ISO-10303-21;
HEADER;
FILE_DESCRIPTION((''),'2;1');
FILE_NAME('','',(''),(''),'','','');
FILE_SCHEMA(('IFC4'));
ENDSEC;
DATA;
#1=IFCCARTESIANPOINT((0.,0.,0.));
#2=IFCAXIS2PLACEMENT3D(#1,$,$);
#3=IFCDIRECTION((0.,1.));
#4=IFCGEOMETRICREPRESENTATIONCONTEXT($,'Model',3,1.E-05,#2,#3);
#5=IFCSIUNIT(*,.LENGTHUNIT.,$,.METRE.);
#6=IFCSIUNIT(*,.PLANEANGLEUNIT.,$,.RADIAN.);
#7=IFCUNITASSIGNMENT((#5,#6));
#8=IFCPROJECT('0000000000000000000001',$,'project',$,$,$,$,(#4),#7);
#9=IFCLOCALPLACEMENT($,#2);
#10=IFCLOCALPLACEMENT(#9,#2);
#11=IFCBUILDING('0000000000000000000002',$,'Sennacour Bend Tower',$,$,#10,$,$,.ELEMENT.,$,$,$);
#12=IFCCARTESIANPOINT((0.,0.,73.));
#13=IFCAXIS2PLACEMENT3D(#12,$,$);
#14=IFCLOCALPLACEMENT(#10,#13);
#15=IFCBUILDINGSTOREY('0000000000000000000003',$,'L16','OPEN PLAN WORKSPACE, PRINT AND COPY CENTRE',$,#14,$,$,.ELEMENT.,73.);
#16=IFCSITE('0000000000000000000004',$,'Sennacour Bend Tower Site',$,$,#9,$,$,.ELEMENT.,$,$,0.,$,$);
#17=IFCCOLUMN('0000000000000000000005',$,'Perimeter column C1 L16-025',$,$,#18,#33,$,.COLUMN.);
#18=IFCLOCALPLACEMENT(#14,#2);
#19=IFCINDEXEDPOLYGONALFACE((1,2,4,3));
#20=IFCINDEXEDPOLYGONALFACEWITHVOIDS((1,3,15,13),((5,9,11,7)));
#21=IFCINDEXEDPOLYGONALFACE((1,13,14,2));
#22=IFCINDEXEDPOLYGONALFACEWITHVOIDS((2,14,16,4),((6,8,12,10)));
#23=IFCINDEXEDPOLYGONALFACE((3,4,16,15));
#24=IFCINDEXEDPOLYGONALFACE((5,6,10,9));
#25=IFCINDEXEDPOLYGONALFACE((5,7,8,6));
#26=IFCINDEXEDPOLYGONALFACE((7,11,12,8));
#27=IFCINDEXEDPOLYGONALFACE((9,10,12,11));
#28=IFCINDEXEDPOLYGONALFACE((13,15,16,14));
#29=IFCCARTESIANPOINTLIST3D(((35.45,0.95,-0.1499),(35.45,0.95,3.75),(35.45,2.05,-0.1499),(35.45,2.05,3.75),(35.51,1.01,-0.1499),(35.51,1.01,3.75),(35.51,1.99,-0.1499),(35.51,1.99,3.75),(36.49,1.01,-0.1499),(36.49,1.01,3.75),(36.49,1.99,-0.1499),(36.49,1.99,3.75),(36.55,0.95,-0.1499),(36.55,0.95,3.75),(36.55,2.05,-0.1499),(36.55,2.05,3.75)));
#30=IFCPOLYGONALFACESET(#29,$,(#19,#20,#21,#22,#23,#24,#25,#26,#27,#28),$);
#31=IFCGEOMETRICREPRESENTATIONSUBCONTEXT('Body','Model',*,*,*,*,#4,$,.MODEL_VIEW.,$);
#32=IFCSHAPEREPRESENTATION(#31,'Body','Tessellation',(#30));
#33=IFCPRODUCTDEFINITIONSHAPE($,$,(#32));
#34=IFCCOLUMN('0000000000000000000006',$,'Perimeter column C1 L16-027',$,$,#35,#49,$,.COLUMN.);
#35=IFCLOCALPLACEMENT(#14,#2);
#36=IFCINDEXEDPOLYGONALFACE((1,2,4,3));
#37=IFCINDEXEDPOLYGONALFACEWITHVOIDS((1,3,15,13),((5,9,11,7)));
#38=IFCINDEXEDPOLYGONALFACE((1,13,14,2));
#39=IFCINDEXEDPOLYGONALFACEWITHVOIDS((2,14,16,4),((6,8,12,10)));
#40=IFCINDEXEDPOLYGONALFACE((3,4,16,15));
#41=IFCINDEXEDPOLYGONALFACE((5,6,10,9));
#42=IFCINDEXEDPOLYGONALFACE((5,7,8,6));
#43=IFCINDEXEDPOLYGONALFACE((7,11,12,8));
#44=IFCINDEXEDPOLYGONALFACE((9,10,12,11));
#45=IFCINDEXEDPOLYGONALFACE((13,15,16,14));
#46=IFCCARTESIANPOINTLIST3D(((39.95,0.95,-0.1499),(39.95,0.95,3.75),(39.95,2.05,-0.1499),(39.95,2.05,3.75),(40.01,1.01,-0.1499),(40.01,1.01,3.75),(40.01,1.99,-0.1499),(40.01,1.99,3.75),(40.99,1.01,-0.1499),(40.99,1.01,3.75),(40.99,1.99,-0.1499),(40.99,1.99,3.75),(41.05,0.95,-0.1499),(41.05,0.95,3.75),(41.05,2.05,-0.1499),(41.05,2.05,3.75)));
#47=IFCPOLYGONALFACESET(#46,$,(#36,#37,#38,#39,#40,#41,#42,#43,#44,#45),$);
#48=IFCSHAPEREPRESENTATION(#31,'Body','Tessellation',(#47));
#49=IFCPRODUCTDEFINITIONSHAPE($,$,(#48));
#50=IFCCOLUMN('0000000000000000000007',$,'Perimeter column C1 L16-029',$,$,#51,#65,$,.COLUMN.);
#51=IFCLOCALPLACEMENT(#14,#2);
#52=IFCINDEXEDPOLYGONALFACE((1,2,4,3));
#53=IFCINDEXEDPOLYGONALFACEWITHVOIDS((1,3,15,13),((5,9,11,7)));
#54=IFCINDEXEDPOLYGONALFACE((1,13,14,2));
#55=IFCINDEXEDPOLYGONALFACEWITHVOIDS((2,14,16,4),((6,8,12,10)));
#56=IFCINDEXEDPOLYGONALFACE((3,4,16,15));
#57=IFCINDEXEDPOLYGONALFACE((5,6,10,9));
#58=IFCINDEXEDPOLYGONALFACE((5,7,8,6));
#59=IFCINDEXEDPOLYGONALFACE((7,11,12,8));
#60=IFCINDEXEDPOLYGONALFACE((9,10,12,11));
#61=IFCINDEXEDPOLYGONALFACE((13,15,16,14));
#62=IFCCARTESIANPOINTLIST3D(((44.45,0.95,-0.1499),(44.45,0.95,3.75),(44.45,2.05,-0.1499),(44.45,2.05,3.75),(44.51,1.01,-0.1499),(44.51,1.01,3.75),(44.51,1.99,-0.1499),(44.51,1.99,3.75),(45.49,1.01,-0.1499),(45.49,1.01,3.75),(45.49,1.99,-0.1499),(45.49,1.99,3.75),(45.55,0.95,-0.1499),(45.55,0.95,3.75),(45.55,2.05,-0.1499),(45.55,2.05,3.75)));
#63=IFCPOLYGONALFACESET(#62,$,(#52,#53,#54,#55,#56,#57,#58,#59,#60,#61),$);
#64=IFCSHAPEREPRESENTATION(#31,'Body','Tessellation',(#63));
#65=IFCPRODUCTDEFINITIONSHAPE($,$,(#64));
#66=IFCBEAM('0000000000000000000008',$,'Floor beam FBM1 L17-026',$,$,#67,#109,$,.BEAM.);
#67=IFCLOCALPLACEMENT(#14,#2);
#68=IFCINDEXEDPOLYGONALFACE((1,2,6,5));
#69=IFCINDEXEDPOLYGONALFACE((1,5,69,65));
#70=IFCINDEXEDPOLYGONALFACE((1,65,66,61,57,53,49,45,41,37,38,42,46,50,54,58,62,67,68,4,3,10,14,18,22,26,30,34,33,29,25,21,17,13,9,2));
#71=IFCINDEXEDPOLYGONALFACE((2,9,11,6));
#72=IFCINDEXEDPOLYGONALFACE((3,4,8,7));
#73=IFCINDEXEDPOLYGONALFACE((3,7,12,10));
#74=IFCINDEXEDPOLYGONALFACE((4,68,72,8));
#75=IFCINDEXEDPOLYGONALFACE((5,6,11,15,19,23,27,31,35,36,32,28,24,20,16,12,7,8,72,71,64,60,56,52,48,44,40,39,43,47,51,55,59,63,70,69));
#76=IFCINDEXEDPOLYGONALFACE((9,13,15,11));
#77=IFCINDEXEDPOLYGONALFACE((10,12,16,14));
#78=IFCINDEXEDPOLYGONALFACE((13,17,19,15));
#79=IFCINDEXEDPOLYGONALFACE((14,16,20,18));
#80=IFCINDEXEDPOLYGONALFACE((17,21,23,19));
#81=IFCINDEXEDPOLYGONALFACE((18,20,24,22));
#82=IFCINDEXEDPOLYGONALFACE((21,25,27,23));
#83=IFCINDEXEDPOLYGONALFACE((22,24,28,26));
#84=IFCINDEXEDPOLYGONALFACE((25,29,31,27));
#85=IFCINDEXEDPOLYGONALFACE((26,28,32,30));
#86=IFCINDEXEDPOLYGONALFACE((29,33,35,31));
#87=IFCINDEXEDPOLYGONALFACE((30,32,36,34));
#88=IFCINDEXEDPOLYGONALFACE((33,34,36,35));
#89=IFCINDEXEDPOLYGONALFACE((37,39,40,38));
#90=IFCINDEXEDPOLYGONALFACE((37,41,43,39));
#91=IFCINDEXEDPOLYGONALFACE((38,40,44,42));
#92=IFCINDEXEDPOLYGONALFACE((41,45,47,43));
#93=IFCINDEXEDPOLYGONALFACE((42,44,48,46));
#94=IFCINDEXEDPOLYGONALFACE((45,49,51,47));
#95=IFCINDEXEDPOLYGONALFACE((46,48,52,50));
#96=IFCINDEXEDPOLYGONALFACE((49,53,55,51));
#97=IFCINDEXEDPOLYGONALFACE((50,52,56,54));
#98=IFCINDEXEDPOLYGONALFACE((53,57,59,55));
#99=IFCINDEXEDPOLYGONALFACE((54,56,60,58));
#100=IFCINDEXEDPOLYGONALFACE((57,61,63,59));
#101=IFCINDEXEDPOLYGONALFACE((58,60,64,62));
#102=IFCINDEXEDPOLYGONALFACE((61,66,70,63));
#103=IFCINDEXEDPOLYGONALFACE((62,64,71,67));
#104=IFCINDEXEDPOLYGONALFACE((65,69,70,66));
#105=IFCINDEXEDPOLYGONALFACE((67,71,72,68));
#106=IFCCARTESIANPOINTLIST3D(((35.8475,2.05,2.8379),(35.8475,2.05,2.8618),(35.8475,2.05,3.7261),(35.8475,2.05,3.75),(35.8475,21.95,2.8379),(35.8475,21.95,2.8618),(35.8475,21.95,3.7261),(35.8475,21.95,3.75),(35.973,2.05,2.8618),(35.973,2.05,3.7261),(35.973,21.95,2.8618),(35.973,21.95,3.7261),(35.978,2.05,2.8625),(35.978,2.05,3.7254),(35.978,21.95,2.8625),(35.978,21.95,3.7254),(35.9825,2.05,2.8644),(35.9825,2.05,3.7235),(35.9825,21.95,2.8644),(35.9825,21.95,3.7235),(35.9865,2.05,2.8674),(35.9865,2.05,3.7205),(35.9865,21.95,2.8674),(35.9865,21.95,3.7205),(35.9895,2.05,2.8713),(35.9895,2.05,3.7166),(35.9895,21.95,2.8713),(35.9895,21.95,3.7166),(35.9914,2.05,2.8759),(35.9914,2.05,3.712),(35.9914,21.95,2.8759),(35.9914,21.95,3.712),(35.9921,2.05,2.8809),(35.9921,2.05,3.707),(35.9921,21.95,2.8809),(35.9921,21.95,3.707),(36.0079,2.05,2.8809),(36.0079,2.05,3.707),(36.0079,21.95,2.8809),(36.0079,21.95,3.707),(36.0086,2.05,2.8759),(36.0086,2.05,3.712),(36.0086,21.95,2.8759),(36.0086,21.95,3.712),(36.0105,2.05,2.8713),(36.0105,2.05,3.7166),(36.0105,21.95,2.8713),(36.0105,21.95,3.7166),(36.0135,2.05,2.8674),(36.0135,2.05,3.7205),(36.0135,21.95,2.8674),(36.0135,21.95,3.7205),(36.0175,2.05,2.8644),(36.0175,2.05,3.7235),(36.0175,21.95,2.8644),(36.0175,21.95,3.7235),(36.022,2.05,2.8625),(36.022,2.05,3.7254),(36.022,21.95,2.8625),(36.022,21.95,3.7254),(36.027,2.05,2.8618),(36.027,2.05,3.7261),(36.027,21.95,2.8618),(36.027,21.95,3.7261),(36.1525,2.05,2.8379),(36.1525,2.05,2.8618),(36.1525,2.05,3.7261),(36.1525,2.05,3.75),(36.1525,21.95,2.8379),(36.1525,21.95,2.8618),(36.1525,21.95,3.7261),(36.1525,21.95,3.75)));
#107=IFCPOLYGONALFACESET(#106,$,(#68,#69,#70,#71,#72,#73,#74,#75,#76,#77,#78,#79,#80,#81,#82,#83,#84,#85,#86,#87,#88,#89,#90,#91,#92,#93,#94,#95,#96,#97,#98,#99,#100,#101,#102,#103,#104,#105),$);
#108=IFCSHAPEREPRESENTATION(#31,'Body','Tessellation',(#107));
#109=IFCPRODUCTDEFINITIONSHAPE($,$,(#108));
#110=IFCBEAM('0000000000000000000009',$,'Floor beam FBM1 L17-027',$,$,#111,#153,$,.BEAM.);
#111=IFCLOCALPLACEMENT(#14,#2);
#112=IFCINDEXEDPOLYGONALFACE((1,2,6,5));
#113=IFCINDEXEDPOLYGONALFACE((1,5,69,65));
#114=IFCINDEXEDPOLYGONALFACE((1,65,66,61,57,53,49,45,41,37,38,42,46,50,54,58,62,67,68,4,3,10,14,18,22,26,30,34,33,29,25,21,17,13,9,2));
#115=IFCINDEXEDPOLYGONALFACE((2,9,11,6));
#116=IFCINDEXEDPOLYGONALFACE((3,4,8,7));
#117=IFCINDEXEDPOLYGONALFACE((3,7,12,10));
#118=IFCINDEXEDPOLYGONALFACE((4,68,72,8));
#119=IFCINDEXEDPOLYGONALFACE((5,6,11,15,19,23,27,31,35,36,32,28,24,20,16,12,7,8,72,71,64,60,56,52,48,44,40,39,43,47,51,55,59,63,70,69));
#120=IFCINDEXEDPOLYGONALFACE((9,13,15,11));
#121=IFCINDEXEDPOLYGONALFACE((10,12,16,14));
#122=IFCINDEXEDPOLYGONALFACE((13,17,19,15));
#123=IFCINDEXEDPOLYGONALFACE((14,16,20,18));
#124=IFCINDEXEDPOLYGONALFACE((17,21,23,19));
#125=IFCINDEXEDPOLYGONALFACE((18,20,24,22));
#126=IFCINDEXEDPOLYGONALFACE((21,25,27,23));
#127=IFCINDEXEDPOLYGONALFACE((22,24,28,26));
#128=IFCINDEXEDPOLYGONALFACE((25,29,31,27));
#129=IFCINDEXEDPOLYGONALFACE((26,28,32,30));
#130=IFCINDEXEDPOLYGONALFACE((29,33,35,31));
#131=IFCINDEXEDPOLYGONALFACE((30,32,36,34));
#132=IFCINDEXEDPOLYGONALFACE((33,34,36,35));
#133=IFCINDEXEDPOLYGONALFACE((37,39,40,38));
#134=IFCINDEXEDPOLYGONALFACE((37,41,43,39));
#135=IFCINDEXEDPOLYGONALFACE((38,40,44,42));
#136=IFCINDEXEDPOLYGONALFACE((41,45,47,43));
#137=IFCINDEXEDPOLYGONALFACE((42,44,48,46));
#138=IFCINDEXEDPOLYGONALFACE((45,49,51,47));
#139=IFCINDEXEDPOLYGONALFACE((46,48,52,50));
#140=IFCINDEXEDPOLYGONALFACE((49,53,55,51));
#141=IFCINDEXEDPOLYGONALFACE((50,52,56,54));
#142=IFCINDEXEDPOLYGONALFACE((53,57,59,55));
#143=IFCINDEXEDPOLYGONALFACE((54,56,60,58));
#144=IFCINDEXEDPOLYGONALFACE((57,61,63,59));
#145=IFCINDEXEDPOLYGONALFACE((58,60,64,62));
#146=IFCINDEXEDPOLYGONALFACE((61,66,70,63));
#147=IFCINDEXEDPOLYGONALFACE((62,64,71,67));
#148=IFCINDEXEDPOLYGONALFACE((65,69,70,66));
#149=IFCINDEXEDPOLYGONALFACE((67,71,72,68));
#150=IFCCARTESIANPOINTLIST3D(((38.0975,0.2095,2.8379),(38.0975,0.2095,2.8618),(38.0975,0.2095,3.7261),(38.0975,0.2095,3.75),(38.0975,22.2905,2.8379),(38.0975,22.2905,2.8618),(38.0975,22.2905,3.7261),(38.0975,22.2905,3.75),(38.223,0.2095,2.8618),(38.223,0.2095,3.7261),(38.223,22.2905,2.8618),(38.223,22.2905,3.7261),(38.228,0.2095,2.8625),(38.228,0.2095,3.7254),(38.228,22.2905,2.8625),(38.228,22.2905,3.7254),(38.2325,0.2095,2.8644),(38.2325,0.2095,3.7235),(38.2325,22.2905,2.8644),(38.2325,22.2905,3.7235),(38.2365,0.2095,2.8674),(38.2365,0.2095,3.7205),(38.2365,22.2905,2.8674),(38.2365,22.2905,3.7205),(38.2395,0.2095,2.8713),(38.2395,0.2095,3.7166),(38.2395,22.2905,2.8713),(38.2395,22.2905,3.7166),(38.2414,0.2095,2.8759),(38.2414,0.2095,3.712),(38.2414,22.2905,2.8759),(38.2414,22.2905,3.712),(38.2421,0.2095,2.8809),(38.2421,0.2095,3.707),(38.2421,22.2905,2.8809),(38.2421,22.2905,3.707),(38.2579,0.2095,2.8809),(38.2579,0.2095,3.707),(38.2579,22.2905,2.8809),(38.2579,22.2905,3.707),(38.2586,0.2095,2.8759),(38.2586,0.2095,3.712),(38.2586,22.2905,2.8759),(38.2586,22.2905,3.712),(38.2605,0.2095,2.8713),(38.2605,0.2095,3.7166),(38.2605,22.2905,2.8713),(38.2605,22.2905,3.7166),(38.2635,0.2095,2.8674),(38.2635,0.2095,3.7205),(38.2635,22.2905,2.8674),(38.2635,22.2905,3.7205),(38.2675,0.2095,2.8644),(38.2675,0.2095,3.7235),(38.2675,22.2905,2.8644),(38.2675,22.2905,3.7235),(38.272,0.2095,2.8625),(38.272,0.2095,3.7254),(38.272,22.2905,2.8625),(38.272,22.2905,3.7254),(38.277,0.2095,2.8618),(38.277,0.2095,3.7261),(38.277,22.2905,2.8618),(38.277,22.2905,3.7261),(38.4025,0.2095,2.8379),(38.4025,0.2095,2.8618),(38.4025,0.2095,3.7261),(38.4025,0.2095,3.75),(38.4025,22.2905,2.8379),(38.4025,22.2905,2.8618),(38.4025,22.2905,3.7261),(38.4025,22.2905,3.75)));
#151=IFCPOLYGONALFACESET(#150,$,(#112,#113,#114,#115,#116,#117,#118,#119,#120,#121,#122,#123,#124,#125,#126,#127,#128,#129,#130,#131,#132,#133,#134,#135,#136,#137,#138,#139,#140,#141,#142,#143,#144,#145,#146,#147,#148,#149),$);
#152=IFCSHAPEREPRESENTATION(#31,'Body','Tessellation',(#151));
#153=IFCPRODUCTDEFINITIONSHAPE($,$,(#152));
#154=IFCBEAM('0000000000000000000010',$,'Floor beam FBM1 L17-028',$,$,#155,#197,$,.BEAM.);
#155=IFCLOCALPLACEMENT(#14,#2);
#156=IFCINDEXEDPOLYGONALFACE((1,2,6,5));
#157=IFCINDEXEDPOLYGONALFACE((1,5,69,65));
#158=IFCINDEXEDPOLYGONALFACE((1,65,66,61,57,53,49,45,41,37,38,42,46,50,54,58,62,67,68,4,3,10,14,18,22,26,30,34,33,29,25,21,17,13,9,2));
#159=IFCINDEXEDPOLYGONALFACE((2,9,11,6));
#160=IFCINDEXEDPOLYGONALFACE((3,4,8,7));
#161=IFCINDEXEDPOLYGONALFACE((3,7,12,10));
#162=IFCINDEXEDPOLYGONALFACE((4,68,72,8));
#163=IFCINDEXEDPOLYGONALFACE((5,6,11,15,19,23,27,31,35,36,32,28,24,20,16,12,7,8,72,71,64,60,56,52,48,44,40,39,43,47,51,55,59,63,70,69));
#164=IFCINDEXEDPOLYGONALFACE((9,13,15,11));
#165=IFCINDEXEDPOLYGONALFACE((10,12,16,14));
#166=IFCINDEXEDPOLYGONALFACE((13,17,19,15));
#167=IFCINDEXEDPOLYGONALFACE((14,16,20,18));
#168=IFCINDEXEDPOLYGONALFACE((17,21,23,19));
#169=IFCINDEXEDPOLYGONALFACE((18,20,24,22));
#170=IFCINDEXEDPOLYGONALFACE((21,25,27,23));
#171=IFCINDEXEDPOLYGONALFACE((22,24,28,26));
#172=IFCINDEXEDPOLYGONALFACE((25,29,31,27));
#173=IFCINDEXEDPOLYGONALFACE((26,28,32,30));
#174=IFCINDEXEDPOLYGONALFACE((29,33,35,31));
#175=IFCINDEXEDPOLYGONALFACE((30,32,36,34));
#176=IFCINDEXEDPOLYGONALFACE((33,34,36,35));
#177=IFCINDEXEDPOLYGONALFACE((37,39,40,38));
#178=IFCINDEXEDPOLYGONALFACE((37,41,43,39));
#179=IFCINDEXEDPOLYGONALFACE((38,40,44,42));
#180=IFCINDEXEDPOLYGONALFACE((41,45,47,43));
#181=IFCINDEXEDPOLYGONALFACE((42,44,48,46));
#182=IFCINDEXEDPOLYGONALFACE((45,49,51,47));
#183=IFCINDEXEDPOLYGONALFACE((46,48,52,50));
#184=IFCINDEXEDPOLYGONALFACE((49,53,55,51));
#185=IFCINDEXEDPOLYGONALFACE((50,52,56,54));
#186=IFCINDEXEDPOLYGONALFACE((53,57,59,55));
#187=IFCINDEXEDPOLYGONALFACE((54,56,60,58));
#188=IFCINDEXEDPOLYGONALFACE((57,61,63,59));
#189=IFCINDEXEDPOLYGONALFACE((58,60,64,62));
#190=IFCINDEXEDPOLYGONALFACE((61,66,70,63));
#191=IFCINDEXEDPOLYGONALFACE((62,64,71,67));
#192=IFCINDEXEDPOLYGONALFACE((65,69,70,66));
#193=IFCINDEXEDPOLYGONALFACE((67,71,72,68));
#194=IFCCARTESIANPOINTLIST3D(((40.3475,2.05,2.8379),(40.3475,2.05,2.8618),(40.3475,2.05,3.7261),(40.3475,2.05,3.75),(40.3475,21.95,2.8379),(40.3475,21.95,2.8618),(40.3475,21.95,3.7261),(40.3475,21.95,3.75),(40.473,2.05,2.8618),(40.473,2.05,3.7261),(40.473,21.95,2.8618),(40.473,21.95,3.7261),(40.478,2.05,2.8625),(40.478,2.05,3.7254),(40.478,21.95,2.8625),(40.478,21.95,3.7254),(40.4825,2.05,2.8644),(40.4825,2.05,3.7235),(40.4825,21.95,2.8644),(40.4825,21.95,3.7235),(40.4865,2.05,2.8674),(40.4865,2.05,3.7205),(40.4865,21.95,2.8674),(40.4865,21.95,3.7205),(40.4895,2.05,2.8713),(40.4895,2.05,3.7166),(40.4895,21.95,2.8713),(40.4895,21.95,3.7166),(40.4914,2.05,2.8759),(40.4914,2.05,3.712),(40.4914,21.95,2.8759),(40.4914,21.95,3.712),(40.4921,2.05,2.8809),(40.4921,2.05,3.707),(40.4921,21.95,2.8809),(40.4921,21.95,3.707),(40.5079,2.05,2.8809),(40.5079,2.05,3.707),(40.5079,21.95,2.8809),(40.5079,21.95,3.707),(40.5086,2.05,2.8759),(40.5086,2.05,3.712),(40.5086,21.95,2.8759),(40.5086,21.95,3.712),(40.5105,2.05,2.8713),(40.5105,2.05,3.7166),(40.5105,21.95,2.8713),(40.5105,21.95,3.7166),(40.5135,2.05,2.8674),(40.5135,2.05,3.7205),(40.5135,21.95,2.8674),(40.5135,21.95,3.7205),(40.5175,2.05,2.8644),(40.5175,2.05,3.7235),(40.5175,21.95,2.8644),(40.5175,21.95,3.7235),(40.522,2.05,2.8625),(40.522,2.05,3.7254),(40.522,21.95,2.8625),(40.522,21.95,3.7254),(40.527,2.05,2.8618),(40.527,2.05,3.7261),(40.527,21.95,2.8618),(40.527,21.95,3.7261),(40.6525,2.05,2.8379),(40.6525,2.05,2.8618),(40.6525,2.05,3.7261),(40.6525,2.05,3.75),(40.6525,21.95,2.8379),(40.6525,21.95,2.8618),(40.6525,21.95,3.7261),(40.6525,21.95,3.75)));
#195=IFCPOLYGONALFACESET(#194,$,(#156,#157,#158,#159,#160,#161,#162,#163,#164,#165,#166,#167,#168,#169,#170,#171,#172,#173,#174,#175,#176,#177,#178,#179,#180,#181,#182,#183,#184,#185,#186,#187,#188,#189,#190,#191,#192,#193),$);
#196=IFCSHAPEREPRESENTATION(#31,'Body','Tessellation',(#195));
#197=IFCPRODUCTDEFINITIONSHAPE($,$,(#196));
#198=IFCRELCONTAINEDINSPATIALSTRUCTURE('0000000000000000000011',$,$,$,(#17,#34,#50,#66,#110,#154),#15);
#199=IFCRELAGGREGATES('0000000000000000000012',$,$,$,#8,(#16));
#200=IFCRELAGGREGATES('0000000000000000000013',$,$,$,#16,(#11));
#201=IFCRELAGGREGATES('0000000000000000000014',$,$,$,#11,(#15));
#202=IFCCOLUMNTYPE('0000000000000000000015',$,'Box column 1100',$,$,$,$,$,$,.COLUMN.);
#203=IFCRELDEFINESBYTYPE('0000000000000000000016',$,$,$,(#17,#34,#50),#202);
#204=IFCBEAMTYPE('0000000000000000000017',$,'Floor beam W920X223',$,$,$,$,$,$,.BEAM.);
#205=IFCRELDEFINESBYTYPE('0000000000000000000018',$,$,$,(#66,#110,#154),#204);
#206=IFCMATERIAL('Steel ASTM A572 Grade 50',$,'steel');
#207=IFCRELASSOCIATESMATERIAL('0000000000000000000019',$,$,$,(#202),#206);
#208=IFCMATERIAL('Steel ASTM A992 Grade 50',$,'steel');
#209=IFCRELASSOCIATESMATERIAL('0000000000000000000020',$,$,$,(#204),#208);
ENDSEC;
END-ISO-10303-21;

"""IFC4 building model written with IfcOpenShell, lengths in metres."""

from ifc_helpers import new_model, si_unit, direction, frame, origin, origin_2d, place, context, subcontext, project, spatial, hollow_rectangle, i_section, extrude, material, material_profile, profile_set, type_object, element, save


model = new_model("IFC4")

# Units and contexts
model_context = context("Model", 3, precision=1e-05, world=origin(), true_north=direction((0.0, 1.0)))
body_context = subcontext(model_context, "Body", "Model", "MODEL_VIEW")
ifc_project = project(units=[si_unit("LENGTHUNIT", "METRE"), si_unit("PLANEANGLEUNIT", "RADIAN")], contexts=[model_context])

# Site, building, storey
site_placement = place(None, origin())
site = spatial("IfcSite", under=ifc_project, at=site_placement, Name="Sennacour Bend Tower Site", CompositionType="ELEMENT", RefElevation=0.0)
building_placement = place(site_placement, origin())
building = spatial("IfcBuilding", under=site, at=building_placement, Name="Sennacour Bend Tower", CompositionType="ELEMENT")
storey_placement = place(building_placement, frame((0.0, 0.0, 73.0)))
storey = spatial("IfcBuildingStorey", under=building, at=storey_placement, Name="L16", Description="OPEN PLAN WORKSPACE, PRINT AND COPY CENTRE", CompositionType="ELEMENT", Elevation=73.0)

# Columns
ifc_material_1 = material(Name="Steel ASTM A572 Grade 50", Category="steel")
ifc_material_profile_1 = material_profile(ifc_material_1, hollow_rectangle(XDim=1.1001, YDim=1.1001, WallThickness=0.0601, at=origin_2d()), Name="Steel ASTM A572 Grade 50", Category="steel")
ifc_profile_set_1 = profile_set([ifc_material_profile_1], Name="Steel ASTM A572 Grade 50")
column_type = type_object("IfcColumnType", Name="Box column 1100", PredefinedType="COLUMN", material=ifc_profile_set_1)
for number, where, z_axis, x_axis, name in (
    (1, (36.0, 1.5, -0.1499), (0.0, 0.0, 1.0), (1.0, 0.0, 0.0), "Perimeter column C1 L16-025"),
    (2, (40.5, 1.5, -0.1499), (0.0, 0.0, 1.0), (1.0, 0.0, 0.0), "Perimeter column C1 L16-027"),
    (3, (45.0, 1.5, -0.1499), (0.0, 0.0, 1.0), (1.0, 0.0, 0.0), "Perimeter column C1 L16-029"),
):
    element("IfcColumn", number, at=place(storey_placement, frame(where, z_axis=z_axis, x_axis=x_axis)), inside=storey, type_object=column_type, Name=name, PredefinedType="COLUMN", context=body_context, shape_type="SweptSolid", body=[
        extrude(hollow_rectangle(XDim=1.1001, YDim=1.1001, WallThickness=0.0601, at=origin_2d()), origin(), (0.0, 0.0, 1.0), 3.8999),
    ])

# Beams
ifc_material_2 = material(Name="Steel ASTM A992 Grade 50", Category="steel")
ifc_material_profile_2 = material_profile(ifc_material_2, i_section(OverallWidth=0.3049, OverallDepth=0.9121, WebThickness=0.0159, FlangeThickness=0.0239, FilletRadius=0.019, at=origin_2d()), Name="Steel ASTM A992 Grade 50", Category="steel")
ifc_profile_set_2 = profile_set([ifc_material_profile_2], Name="Steel ASTM A992 Grade 50")
beam_type_1 = type_object("IfcBeamType", Name="Floor beam W920X223", PredefinedType="BEAM", material=ifc_profile_set_2)
beam_1_placement = place(storey_placement, frame((36.0, 2.05, 3.2939), z_axis=(0.0, 1.0, 0.0), x_axis=(-1.0, 0.0, 0.0)))
element("IfcBeam", 4, at=beam_1_placement, inside=storey, type_object=beam_type_1, Name="Floor beam FBM1 L17-026", PredefinedType="BEAM", context=body_context, shape_type="SweptSolid", body=[
    extrude(i_section(OverallWidth=0.3049, OverallDepth=0.9121, WebThickness=0.0159, FlangeThickness=0.0239, FilletRadius=0.019, at=origin_2d()), origin(), (0.0, 0.0, 1.0), 19.8999),
])
beam_2_placement = place(storey_placement, frame((38.25, 0.2095, 3.2939), z_axis=(0.0, 1.0, 0.0), x_axis=(-1.0, 0.0, 0.0)))
element("IfcBeam", 5, at=beam_2_placement, inside=storey, type_object=beam_type_1, Name="Floor beam FBM1 L17-027", PredefinedType="BEAM", context=body_context, shape_type="SweptSolid", body=[
    extrude(i_section(OverallWidth=0.3049, OverallDepth=0.9121, WebThickness=0.0159, FlangeThickness=0.0239, FilletRadius=0.019, at=origin_2d()), origin(), (0.0, 0.0, 1.0), 22.0811),
])
beam_3_placement = place(storey_placement, frame((40.5, 2.05, 3.2939), z_axis=(0.0, 1.0, 0.0), x_axis=(-1.0, 0.0, 0.0)))
element("IfcBeam", 6, at=beam_3_placement, inside=storey, type_object=beam_type_1, Name="Floor beam FBM1 L17-028", PredefinedType="BEAM", context=body_context, shape_type="SweptSolid", body=[
    extrude(i_section(OverallWidth=0.3049, OverallDepth=0.9121, WebThickness=0.0159, FlangeThickness=0.0239, FilletRadius=0.019, at=origin_2d()), origin(), (0.0, 0.0, 1.0), 19.8999),
])

save(model, "model.ifc")
